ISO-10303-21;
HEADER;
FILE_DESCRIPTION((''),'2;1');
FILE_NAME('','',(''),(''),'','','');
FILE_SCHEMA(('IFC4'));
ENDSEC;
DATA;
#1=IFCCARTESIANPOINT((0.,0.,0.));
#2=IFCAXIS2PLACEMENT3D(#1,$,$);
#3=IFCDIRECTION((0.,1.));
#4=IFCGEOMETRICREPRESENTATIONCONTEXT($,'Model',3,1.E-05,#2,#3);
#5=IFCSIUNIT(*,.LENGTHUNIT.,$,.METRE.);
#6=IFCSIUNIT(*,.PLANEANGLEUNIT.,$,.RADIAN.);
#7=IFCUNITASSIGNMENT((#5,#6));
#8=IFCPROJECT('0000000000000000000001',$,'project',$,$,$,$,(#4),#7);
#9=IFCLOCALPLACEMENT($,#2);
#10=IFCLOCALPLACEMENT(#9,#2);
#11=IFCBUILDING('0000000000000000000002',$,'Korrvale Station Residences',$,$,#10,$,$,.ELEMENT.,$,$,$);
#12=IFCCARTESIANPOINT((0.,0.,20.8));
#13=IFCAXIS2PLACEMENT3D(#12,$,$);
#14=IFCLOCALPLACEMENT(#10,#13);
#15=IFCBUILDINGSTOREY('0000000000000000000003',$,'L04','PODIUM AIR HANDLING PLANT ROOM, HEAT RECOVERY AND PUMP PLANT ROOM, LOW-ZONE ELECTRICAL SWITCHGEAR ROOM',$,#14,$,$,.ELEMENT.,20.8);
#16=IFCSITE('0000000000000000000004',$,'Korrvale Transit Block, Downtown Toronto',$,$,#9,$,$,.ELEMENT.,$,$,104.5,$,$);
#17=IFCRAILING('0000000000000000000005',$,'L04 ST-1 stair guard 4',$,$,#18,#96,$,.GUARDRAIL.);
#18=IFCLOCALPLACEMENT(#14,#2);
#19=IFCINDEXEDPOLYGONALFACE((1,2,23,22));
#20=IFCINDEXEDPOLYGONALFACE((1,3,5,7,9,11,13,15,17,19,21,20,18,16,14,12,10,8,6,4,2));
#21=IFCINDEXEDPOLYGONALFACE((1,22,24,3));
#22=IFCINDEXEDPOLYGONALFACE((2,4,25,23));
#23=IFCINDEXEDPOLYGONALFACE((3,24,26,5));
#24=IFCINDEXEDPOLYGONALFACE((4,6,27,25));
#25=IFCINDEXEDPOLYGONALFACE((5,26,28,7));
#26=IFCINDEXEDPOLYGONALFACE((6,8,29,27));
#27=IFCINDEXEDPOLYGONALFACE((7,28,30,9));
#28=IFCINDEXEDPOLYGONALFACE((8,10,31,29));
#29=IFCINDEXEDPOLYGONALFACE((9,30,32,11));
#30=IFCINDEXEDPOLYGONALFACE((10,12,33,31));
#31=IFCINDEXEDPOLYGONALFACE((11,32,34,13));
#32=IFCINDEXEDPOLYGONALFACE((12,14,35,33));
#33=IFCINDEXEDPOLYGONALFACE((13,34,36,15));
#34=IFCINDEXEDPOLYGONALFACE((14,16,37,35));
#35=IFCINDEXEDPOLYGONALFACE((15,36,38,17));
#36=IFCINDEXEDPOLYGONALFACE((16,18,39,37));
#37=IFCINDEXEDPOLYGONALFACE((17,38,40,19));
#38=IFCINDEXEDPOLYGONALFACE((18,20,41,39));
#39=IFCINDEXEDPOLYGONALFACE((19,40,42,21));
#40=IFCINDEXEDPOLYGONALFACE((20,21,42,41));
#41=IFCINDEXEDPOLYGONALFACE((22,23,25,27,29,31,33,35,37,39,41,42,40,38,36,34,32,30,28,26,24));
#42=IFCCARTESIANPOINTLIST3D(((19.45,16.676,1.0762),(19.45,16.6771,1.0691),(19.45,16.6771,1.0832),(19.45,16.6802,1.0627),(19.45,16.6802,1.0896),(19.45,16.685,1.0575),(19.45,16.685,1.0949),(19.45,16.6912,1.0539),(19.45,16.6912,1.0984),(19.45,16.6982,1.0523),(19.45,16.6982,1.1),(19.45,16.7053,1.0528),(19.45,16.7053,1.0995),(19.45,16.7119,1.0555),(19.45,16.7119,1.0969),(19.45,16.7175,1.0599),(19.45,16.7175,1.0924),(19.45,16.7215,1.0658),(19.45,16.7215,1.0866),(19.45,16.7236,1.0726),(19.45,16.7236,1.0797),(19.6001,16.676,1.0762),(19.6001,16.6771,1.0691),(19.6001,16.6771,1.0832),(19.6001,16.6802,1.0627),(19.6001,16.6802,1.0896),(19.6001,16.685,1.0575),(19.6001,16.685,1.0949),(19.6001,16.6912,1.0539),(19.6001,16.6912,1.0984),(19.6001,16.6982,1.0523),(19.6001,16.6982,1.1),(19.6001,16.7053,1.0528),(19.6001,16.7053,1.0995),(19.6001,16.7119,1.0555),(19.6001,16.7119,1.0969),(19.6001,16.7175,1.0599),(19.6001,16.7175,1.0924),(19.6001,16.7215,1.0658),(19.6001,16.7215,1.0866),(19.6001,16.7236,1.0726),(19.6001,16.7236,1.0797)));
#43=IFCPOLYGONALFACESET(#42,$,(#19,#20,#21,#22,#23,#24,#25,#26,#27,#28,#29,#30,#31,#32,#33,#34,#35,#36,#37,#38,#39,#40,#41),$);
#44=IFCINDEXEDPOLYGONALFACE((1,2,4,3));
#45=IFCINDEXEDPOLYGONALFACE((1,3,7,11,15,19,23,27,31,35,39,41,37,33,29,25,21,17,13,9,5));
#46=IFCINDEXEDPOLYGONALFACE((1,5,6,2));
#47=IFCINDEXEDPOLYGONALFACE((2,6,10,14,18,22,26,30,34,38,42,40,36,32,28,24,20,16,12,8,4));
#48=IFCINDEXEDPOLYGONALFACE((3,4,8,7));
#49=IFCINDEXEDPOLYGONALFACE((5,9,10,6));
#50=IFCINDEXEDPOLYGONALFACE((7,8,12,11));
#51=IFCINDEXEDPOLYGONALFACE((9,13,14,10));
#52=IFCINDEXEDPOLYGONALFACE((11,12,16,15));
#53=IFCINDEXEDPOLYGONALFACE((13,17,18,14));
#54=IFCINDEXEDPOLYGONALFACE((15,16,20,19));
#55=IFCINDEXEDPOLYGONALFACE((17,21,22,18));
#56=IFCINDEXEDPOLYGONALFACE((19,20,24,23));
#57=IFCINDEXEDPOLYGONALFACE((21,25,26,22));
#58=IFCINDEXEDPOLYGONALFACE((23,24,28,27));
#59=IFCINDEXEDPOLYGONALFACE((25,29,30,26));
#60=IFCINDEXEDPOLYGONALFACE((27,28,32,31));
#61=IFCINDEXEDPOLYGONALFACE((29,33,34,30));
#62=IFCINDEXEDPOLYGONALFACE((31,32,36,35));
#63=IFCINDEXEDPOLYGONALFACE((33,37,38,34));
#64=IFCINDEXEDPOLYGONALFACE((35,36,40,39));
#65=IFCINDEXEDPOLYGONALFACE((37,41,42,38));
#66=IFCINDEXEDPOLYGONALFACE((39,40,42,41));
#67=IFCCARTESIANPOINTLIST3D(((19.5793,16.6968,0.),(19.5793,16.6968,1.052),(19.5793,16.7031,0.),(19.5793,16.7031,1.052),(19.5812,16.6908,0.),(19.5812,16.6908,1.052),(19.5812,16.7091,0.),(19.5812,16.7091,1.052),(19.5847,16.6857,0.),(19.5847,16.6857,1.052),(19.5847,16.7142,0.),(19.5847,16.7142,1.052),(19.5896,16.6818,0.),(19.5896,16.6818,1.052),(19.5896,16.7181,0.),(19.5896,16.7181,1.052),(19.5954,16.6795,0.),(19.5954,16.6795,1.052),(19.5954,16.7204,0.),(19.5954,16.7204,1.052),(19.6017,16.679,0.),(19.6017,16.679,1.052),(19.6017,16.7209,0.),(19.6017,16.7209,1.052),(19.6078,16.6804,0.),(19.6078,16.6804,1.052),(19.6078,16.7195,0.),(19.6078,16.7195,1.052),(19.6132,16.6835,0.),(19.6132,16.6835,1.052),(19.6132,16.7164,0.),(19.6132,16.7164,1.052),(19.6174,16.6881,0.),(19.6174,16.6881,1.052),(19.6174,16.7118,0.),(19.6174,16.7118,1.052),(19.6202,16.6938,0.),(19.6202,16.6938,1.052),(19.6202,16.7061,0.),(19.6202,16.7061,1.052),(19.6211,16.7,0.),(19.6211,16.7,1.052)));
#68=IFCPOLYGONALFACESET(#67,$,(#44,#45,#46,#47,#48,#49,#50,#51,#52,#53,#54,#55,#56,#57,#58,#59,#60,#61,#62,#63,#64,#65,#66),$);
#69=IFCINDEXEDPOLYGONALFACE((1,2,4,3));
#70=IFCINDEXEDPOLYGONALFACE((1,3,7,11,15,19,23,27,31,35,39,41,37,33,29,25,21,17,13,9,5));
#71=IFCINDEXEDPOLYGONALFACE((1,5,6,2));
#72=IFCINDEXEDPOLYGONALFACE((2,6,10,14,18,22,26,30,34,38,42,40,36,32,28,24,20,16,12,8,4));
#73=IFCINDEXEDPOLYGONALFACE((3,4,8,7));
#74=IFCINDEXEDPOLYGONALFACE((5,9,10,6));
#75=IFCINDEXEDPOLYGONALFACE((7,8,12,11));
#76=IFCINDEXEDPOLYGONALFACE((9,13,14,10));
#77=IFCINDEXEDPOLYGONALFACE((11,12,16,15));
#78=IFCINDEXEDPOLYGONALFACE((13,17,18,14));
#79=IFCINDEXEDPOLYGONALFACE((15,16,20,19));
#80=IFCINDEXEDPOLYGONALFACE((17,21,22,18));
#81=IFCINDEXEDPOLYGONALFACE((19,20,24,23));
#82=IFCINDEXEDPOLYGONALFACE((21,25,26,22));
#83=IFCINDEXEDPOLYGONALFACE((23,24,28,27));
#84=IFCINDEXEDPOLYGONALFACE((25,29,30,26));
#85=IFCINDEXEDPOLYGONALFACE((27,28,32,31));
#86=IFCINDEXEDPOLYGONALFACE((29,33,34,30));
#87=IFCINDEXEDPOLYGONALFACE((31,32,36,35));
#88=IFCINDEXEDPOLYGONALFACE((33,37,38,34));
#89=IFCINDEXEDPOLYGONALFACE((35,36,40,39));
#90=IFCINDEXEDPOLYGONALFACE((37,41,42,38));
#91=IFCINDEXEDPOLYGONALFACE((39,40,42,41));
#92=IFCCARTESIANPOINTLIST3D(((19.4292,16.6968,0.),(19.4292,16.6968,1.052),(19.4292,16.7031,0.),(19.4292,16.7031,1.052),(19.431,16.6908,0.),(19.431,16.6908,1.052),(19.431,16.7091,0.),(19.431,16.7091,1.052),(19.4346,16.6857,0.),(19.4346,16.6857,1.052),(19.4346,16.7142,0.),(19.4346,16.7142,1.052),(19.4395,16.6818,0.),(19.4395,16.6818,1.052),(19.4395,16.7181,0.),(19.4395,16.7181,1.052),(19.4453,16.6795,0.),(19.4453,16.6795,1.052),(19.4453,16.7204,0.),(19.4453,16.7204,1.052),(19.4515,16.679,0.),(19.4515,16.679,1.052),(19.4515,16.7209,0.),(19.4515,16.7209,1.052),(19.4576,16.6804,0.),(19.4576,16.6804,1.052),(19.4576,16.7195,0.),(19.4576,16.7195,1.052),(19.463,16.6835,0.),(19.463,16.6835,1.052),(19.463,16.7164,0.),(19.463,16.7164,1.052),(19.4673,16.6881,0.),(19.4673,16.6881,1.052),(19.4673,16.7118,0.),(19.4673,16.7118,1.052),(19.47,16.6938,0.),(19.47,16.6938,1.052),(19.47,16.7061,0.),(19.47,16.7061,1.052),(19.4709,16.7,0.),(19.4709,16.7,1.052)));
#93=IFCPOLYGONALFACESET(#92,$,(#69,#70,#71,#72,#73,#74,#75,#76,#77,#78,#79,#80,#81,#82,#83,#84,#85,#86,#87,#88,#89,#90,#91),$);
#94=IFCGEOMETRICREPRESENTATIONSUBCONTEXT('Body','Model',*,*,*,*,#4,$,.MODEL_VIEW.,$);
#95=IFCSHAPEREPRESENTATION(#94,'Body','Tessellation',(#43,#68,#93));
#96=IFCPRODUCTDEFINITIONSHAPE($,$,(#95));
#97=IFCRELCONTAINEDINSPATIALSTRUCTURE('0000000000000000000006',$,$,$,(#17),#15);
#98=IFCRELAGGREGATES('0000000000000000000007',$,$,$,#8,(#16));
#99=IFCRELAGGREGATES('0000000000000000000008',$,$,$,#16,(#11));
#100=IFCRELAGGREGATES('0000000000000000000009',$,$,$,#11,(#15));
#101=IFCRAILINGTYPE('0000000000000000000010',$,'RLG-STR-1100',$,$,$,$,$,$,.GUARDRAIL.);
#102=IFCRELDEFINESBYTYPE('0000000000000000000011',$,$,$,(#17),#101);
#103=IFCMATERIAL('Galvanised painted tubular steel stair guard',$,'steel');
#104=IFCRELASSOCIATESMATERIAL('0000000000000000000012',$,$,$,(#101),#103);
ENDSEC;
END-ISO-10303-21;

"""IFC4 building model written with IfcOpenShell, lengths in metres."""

from ifc_helpers import new_model, si_unit, direction, frame, origin, origin_2d, place, context, subcontext, project, spatial, circle, extrude, material, type_object, element, save


model = new_model("IFC4")

# Units and contexts
model_context = context("Model", 3, precision=1e-05, world=origin(), true_north=direction((0.0, 1.0)))
body_context = subcontext(model_context, "Body", "Model", "MODEL_VIEW")
ifc_project = project(units=[si_unit("LENGTHUNIT", "METRE"), si_unit("PLANEANGLEUNIT", "RADIAN")], contexts=[model_context])

# Site, building, storey
site_placement = place(None, origin())
site = spatial("IfcSite", under=ifc_project, at=site_placement, Name="Korrvale Transit Block, Downtown Toronto", CompositionType="ELEMENT", RefElevation=104.5)
building_placement = place(site_placement, origin())
building = spatial("IfcBuilding", under=site, at=building_placement, Name="Korrvale Station Residences", CompositionType="ELEMENT")
storey_placement = place(building_placement, frame((0.0, 0.0, 20.8)))
storey = spatial("IfcBuildingStorey", under=building, at=storey_placement, Name="L04", Description="PODIUM AIR HANDLING PLANT ROOM, HEAT RECOVERY AND PUMP PLANT ROOM, LOW-ZONE ELECTRICAL SWITCHGEAR ROOM", CompositionType="ELEMENT", Elevation=20.8)

# Railing
ifc_material_1 = material(Name="Galvanised painted tubular steel stair guard", Category="steel")
railing_type_1 = type_object("IfcRailingType", Name="RLG-STR-1100", PredefinedType="GUARDRAIL", material=ifc_material_1)
railing_1_placement = place(storey_placement, frame((19.6001, 16.7, 0.0)))
element("IfcRailing", 1, at=railing_1_placement, inside=storey, type_object=railing_type_1, Name="L04 ST-1 stair guard 4", PredefinedType="GUARDRAIL", context=body_context, shape_type="SweptSolid", body=[
    extrude(circle(Radius=0.0239, at=origin_2d()), frame((0.0, 0.0, 1.0762), z_axis=(-1.0, 0.0, 0.0), x_axis=(0.0, -1.0, 0.0)), (0.0, 0.0, 1.0), 0.1501),
    extrude(circle(Radius=0.021, at=origin_2d()), origin(), (0.0, 0.0, 1.0), 1.052),
    extrude(circle(Radius=0.021, at=origin_2d()), frame((-0.1501, 0.0, 0.0)), (0.0, 0.0, 1.0), 1.052),
])

save(model, "model.ifc")
